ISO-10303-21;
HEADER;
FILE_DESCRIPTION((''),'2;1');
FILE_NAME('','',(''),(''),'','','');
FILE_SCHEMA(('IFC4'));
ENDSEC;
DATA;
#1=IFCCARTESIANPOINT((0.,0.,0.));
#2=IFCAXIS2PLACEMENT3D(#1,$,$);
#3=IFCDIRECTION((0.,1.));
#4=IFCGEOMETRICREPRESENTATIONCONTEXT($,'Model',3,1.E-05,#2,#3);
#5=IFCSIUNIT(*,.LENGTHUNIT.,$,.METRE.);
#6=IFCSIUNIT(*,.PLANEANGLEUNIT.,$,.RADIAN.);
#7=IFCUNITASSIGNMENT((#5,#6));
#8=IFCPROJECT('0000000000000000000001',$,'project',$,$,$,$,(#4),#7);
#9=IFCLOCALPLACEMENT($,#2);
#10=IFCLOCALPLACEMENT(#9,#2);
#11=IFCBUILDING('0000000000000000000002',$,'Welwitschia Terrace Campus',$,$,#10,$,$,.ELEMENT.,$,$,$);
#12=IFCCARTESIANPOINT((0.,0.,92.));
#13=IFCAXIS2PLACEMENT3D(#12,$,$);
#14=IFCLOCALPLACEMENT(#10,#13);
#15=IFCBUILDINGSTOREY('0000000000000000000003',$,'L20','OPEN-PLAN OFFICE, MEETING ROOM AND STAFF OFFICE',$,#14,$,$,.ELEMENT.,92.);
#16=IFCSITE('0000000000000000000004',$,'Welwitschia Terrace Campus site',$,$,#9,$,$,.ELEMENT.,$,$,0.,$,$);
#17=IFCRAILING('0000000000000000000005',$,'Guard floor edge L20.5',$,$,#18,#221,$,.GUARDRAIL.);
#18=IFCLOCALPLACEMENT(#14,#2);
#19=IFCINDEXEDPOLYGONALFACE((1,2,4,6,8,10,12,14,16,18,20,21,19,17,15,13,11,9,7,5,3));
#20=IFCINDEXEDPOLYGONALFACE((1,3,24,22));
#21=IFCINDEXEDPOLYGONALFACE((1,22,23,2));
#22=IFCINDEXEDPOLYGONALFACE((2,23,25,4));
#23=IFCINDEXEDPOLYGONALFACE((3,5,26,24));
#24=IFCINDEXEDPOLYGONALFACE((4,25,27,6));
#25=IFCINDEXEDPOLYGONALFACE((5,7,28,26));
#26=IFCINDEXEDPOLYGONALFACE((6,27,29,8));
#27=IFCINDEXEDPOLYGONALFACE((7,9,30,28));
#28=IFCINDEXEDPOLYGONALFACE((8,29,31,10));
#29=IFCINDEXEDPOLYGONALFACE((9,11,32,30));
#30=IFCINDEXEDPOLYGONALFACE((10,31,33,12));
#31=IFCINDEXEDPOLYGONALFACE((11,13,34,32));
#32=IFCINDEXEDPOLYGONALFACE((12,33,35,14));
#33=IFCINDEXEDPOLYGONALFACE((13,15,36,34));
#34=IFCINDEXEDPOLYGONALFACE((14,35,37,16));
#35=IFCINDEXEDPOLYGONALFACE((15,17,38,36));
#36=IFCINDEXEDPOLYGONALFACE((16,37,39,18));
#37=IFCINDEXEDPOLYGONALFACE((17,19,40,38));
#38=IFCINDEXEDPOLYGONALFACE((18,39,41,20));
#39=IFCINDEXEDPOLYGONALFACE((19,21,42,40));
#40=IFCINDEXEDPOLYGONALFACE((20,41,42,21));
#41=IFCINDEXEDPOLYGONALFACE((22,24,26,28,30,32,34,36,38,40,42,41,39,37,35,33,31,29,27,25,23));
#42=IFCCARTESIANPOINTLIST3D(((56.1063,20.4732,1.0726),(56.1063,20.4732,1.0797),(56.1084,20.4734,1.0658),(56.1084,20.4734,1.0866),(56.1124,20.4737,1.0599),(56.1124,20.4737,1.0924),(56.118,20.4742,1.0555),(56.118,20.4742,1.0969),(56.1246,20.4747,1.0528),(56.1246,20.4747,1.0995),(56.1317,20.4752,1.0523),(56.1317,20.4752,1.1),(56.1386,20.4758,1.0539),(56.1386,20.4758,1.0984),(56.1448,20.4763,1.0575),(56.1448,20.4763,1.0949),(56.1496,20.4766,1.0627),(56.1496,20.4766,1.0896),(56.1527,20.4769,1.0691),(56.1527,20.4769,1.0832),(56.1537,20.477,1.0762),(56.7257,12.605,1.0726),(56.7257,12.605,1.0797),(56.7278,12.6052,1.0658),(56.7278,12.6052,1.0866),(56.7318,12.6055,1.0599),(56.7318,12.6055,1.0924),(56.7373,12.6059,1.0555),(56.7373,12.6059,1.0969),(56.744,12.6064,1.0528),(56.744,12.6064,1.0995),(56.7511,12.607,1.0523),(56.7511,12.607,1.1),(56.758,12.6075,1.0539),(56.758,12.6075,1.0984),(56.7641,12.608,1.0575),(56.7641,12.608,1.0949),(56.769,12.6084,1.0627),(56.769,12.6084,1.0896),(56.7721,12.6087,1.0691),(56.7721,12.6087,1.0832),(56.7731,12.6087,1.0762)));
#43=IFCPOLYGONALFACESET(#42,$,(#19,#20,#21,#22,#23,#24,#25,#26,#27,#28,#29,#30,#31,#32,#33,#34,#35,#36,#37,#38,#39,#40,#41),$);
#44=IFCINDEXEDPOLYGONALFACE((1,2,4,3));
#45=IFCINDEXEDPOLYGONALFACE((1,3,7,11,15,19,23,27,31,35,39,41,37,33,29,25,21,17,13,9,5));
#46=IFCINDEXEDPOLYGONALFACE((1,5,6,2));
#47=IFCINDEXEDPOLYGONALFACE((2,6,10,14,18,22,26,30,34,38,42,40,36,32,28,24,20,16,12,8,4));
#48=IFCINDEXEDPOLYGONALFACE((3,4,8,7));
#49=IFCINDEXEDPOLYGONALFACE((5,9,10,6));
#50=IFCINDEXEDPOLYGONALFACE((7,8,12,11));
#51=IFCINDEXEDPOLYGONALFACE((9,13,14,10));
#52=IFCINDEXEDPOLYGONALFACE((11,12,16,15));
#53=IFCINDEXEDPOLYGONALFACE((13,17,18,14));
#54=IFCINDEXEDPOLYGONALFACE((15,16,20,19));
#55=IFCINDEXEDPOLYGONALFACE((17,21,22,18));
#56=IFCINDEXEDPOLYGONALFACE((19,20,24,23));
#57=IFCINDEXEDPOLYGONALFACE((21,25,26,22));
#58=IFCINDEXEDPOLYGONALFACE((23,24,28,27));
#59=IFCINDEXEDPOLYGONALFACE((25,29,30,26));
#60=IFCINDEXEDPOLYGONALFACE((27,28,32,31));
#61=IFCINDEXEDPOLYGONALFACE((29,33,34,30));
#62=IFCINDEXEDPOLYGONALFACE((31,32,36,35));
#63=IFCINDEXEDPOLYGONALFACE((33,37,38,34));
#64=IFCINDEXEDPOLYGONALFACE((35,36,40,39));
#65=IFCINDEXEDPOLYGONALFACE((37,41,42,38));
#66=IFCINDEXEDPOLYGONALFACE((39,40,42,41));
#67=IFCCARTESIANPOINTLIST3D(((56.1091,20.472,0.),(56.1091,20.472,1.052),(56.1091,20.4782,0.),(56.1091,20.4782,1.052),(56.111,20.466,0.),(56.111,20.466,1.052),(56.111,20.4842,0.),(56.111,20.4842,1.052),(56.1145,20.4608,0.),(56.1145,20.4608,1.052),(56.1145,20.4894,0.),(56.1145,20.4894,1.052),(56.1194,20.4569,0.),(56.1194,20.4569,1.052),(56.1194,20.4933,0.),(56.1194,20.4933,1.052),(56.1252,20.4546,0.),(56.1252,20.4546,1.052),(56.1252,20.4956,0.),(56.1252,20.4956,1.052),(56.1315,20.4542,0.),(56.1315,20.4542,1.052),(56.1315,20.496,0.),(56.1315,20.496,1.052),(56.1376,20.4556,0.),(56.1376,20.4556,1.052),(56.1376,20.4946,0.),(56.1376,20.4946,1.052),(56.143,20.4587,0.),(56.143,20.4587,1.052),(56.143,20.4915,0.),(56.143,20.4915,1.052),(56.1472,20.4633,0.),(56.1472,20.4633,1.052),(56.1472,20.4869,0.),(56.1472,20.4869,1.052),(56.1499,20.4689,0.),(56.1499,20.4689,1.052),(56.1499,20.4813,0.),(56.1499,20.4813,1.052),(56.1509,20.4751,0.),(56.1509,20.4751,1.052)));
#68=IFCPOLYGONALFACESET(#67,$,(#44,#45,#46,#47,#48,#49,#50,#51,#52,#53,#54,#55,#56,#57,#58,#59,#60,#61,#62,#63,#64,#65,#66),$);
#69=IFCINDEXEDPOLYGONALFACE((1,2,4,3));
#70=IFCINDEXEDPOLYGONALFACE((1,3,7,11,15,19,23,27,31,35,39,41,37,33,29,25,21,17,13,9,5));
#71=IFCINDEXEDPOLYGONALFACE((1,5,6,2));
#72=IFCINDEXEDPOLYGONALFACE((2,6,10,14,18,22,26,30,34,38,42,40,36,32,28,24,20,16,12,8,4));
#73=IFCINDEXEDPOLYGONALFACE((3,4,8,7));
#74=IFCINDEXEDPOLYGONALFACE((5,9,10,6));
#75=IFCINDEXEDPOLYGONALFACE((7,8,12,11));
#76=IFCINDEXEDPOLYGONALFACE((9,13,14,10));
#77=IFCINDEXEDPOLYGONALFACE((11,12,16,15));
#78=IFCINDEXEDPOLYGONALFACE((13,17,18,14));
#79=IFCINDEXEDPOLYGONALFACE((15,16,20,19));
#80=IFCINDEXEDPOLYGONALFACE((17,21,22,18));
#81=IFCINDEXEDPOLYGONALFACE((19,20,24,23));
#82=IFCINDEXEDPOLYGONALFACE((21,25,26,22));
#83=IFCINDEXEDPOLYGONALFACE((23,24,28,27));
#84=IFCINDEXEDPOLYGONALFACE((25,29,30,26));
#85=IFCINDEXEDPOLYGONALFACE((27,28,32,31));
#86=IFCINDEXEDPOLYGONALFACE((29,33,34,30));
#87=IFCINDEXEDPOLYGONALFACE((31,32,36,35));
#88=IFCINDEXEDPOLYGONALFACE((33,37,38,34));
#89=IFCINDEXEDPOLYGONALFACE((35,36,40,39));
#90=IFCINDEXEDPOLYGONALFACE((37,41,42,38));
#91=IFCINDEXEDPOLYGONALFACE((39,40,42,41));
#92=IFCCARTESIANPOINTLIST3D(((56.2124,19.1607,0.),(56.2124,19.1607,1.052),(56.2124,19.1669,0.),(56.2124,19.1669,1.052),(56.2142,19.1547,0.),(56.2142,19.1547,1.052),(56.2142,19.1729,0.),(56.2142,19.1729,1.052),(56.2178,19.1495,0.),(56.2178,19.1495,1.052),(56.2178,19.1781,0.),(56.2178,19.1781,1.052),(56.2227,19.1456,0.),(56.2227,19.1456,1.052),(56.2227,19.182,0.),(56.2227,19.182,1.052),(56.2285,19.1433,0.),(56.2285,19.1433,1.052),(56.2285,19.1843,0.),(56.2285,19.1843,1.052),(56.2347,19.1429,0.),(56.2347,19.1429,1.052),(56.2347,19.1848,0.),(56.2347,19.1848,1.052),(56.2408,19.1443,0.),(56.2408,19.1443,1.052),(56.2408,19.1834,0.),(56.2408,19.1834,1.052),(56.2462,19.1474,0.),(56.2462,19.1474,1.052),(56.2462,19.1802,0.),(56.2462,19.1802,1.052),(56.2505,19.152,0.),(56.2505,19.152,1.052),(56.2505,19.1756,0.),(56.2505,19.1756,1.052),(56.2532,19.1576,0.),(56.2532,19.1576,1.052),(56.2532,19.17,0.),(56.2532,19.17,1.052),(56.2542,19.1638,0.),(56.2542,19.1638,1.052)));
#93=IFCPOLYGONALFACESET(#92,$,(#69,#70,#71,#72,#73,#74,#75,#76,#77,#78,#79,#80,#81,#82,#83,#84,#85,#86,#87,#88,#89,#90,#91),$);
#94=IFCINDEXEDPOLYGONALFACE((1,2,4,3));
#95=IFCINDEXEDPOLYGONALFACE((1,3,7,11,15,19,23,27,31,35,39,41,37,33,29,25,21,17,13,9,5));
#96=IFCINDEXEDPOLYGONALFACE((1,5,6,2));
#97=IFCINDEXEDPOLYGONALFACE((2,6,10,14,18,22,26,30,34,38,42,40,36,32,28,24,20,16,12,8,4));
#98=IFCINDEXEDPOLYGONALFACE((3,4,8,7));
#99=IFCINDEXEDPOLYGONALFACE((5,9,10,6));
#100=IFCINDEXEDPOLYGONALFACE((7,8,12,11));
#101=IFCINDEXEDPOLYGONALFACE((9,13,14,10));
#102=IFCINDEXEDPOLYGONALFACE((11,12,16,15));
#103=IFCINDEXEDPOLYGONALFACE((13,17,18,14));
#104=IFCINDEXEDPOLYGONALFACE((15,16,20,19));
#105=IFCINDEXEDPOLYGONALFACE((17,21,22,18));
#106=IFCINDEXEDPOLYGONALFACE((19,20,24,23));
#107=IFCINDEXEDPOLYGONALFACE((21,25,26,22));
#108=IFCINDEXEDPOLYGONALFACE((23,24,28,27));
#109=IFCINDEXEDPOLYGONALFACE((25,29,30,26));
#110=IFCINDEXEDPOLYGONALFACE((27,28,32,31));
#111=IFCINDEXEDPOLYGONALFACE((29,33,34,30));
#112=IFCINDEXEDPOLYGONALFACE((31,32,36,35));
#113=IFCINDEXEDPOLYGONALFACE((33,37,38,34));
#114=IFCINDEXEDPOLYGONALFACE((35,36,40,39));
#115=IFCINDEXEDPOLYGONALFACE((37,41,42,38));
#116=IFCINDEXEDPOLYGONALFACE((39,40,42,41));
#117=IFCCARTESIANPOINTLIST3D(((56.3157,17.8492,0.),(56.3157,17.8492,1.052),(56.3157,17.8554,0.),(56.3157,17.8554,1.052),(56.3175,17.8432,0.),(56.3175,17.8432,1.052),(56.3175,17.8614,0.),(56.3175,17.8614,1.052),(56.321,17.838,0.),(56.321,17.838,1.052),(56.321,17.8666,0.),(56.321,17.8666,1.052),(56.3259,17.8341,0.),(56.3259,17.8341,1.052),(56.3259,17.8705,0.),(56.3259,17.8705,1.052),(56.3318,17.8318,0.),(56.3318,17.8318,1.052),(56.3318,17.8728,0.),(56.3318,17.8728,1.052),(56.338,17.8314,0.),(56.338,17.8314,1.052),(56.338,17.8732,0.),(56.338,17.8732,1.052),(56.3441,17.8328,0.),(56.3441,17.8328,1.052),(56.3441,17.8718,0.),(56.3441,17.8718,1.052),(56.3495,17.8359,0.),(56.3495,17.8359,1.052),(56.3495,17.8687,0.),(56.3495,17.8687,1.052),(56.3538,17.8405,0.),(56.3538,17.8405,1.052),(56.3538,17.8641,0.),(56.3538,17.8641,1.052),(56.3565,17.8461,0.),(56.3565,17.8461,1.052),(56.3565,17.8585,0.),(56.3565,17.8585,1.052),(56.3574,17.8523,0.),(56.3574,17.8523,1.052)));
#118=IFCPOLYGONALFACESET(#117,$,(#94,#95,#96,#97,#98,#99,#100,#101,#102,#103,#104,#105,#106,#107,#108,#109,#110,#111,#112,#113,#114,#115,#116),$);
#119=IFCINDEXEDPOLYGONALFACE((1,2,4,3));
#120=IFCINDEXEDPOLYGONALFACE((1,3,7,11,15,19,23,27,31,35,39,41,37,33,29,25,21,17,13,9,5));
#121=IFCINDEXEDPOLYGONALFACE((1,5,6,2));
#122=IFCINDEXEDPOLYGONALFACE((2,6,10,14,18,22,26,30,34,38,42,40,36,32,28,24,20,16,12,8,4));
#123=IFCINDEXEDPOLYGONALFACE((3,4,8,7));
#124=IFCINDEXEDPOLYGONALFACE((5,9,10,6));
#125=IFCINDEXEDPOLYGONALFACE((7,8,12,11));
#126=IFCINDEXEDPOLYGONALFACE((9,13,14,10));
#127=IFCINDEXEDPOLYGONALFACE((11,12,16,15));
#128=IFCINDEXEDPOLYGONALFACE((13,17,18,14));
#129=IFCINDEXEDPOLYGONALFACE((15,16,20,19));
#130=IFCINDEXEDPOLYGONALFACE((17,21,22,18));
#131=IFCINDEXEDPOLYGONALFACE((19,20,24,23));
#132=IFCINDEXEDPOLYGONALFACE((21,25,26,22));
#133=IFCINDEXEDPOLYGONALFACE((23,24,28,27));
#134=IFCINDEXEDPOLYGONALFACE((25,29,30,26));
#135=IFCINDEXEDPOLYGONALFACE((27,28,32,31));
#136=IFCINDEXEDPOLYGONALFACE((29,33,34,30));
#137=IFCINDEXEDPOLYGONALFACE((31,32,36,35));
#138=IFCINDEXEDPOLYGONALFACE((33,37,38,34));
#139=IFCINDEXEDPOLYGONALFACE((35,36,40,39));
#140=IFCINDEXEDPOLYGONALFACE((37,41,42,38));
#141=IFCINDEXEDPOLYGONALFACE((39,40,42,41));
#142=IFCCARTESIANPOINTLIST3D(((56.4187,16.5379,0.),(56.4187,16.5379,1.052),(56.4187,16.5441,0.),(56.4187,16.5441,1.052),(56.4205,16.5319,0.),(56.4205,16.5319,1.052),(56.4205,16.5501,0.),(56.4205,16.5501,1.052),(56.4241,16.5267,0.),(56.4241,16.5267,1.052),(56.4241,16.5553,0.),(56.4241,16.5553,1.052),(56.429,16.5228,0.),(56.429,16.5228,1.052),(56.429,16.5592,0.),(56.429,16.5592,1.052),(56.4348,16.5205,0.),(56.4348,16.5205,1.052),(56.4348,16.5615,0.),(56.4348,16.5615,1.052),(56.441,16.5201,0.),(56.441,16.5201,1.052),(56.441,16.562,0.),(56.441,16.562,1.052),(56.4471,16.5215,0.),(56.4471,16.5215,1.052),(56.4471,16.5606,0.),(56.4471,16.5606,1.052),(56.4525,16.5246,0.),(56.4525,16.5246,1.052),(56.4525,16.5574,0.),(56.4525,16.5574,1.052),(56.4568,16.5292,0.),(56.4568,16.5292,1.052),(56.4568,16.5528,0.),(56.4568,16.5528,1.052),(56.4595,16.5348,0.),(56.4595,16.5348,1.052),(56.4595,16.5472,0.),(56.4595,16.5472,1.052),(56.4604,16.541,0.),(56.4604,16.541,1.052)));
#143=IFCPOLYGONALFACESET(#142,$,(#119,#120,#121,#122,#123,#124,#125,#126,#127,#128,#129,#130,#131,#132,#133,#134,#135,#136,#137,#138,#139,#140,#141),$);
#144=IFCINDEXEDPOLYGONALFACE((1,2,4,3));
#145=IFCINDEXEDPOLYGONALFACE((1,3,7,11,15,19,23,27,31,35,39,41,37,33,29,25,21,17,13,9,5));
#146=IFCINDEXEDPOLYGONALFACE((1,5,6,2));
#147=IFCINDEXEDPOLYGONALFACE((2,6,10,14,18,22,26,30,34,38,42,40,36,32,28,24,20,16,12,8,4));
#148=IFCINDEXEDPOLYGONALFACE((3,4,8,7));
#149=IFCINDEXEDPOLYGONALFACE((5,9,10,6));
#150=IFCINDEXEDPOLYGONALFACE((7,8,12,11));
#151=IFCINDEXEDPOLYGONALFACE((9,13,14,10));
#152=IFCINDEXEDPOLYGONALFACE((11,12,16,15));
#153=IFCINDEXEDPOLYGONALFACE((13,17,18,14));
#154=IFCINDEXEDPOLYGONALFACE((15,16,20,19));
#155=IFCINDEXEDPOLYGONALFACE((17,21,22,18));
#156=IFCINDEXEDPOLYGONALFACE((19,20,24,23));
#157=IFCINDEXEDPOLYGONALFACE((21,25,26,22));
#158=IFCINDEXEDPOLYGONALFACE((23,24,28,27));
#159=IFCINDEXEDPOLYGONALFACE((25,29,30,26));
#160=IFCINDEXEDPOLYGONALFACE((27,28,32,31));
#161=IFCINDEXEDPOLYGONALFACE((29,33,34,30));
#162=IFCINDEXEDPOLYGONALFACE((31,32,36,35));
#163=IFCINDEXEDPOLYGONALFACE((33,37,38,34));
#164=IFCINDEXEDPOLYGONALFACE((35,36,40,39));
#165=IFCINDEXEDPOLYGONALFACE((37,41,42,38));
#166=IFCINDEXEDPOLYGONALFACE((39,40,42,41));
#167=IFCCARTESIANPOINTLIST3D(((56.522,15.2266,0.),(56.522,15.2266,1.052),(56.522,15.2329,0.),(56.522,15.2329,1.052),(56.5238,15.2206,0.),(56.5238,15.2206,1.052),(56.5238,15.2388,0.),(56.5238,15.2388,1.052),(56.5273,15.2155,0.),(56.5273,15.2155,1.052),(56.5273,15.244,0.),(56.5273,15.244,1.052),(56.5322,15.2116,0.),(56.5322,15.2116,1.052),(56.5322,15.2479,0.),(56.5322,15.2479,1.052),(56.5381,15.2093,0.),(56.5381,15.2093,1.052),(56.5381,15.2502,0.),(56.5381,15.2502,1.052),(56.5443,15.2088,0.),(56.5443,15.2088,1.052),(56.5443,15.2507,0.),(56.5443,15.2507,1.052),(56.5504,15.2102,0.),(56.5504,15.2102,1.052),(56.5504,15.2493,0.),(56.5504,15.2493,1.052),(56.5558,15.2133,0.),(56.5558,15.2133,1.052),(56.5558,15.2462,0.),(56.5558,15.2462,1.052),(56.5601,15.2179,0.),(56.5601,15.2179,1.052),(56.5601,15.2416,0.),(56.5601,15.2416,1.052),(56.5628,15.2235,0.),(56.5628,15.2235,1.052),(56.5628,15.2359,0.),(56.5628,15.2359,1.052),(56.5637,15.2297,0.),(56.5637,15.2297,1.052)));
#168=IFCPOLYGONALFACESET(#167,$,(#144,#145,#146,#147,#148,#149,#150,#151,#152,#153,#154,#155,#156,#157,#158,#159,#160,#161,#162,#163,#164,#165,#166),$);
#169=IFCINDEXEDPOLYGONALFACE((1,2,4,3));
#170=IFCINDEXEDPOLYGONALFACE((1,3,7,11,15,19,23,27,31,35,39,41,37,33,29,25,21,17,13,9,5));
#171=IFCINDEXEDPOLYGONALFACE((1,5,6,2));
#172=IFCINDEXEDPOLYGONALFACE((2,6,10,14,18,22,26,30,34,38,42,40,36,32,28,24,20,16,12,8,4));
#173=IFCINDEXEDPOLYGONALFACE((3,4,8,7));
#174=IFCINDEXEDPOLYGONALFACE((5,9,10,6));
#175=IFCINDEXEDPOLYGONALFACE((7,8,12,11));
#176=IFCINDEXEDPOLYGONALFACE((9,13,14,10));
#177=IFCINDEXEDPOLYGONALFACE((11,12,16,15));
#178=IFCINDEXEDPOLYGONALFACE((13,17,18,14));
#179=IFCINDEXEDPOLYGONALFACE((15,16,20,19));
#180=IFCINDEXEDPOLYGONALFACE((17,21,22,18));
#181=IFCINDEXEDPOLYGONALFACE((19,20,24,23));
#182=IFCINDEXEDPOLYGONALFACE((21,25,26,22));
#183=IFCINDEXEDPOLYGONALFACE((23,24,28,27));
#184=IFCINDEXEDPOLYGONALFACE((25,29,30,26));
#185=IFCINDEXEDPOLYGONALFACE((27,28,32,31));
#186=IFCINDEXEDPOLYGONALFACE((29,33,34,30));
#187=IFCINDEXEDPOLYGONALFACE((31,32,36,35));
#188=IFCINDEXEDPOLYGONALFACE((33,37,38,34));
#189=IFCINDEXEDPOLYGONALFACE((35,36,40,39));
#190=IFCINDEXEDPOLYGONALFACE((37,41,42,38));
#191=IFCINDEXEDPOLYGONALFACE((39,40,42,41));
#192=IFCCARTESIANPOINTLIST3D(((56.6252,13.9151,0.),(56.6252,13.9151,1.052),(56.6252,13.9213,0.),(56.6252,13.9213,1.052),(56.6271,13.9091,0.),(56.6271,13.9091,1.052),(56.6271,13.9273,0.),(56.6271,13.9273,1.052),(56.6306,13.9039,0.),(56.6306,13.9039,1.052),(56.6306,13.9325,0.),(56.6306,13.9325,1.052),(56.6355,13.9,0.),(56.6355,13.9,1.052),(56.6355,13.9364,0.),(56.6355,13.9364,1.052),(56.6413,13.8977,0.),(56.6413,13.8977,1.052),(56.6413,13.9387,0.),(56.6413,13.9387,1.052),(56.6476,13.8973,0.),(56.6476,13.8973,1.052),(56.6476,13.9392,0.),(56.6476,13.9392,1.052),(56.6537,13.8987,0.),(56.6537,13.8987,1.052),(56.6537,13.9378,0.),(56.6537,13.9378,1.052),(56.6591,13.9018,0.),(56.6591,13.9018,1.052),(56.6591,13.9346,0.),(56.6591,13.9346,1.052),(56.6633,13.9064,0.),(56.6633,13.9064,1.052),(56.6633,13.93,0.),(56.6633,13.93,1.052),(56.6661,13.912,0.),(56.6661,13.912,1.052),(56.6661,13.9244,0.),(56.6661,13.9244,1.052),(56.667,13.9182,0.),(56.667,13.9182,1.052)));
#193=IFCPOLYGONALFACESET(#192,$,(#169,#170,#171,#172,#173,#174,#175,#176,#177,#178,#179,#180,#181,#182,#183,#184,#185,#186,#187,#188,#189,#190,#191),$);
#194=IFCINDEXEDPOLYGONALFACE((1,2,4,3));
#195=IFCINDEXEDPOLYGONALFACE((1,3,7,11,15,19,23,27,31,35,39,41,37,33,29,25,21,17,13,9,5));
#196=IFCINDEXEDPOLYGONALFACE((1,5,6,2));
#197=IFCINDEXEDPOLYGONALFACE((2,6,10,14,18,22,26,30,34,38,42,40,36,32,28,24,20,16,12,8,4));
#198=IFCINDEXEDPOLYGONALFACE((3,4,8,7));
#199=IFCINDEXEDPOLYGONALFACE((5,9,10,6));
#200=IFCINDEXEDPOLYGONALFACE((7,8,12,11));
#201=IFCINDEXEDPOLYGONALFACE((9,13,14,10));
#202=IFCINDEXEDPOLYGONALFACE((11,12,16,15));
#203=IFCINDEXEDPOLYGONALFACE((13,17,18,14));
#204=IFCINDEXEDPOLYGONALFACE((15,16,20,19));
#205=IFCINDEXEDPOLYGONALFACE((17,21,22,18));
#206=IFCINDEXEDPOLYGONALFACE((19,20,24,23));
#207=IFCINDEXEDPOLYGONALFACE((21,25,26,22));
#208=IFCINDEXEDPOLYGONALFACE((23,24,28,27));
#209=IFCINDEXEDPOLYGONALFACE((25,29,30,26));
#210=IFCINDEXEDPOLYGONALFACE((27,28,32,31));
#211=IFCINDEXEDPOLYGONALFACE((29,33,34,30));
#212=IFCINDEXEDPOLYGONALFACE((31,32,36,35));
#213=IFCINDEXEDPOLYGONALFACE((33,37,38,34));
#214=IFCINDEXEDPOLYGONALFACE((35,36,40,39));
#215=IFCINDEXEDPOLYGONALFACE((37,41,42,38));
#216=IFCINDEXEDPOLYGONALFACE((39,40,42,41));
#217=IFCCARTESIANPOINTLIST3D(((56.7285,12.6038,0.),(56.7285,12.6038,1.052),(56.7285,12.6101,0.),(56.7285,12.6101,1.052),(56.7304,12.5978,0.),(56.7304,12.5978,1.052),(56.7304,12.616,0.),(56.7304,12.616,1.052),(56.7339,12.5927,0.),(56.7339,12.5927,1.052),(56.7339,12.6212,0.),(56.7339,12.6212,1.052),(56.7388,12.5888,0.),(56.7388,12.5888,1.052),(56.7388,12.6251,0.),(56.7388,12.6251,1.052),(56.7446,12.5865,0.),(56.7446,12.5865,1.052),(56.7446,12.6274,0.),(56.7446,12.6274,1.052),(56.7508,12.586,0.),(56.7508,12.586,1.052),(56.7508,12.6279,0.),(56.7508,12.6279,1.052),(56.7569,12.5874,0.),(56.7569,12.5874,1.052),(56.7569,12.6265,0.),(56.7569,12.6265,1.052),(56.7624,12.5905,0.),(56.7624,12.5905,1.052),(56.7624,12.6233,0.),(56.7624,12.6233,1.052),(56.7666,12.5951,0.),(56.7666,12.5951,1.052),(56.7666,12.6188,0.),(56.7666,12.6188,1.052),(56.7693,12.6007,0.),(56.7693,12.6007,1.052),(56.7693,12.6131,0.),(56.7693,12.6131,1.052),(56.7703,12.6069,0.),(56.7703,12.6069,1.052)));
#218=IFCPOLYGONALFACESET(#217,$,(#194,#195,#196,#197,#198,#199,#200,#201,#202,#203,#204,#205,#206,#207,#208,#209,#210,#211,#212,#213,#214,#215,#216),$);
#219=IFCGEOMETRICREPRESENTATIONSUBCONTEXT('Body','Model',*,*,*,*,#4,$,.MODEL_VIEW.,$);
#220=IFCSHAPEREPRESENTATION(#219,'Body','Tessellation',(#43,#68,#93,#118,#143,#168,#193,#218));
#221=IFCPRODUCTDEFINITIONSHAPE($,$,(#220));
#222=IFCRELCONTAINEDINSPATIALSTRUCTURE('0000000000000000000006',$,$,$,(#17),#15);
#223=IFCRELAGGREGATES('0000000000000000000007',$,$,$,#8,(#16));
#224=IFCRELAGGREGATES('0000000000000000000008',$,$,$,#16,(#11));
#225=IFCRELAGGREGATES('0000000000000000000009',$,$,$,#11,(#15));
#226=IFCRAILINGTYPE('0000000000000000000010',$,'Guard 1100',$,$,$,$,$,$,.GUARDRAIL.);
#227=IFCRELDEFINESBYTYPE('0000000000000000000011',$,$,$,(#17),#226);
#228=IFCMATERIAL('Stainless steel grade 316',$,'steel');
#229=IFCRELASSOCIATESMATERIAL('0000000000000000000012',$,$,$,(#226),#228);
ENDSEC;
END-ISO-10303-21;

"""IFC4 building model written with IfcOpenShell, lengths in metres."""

from ifc_helpers import new_model, si_unit, direction, frame, origin, origin_2d, place, context, subcontext, project, spatial, circle, extrude, material, type_object, element, save


model = new_model("IFC4")

# Units and contexts
model_context = context("Model", 3, precision=1e-05, world=origin(), true_north=direction((0.0, 1.0)))
body_context = subcontext(model_context, "Body", "Model", "MODEL_VIEW")
ifc_project = project(units=[si_unit("LENGTHUNIT", "METRE"), si_unit("PLANEANGLEUNIT", "RADIAN")], contexts=[model_context])

# Site, building, storey
site_placement = place(None, origin())
site = spatial("IfcSite", under=ifc_project, at=site_placement, Name="Welwitschia Terrace Campus site", CompositionType="ELEMENT", RefElevation=0.0)
building_placement = place(site_placement, origin())
building = spatial("IfcBuilding", under=site, at=building_placement, Name="Welwitschia Terrace Campus", CompositionType="ELEMENT")
storey_placement = place(building_placement, frame((0.0, 0.0, 92.0)))
storey = spatial("IfcBuildingStorey", under=building, at=storey_placement, Name="L20", Description="OPEN-PLAN OFFICE, MEETING ROOM AND STAFF OFFICE", CompositionType="ELEMENT", Elevation=92.0)

# Railing
ifc_material_1 = material(Name="Stainless steel grade 316", Category="steel")
railing_type = type_object("IfcRailingType", Name="Guard 1100", PredefinedType="GUARDRAIL", material=ifc_material_1)
railing_1_placement = place(storey_placement, frame((56.1299, 20.4751, 0.0)))
element("IfcRailing", 1, at=railing_1_placement, inside=storey, type_object=railing_type, Name="Guard floor edge L20.5", PredefinedType="GUARDRAIL", context=body_context, shape_type="SweptSolid", body=[
    extrude(circle(Radius=0.0239, at=origin_2d()), frame((0.0, 0.0, 1.0762), z_axis=(0.078478, -0.996916, 0.0), x_axis=(0.996916, 0.078478, 0.0)), (0.0, 0.0, 1.0), 7.8926),
    extrude(circle(Radius=0.021, at=origin_2d()), origin(), (0.0, 0.0, 1.0), 1.052),
    extrude(circle(Radius=0.021, at=origin_2d()), frame((0.1033, -1.3113, 0.0)), (0.0, 0.0, 1.0), 1.052),
    extrude(circle(Radius=0.021, at=origin_2d()), frame((0.2065, -2.6228, 0.0)), (0.0, 0.0, 1.0), 1.052),
    extrude(circle(Radius=0.021, at=origin_2d()), frame((0.3096, -3.9341, 0.0)), (0.0, 0.0, 1.0), 1.052),
    extrude(circle(Radius=0.021, at=origin_2d()), frame((0.4128, -5.2454, 0.0)), (0.0, 0.0, 1.0), 1.052),
    extrude(circle(Radius=0.021, at=origin_2d()), frame((0.5161, -6.5569, 0.0)), (0.0, 0.0, 1.0), 1.052),
    extrude(circle(Radius=0.021, at=origin_2d()), frame((0.6194, -7.8682, 0.0)), (0.0, 0.0, 1.0), 1.052),
])

save(model, "model.ifc")
